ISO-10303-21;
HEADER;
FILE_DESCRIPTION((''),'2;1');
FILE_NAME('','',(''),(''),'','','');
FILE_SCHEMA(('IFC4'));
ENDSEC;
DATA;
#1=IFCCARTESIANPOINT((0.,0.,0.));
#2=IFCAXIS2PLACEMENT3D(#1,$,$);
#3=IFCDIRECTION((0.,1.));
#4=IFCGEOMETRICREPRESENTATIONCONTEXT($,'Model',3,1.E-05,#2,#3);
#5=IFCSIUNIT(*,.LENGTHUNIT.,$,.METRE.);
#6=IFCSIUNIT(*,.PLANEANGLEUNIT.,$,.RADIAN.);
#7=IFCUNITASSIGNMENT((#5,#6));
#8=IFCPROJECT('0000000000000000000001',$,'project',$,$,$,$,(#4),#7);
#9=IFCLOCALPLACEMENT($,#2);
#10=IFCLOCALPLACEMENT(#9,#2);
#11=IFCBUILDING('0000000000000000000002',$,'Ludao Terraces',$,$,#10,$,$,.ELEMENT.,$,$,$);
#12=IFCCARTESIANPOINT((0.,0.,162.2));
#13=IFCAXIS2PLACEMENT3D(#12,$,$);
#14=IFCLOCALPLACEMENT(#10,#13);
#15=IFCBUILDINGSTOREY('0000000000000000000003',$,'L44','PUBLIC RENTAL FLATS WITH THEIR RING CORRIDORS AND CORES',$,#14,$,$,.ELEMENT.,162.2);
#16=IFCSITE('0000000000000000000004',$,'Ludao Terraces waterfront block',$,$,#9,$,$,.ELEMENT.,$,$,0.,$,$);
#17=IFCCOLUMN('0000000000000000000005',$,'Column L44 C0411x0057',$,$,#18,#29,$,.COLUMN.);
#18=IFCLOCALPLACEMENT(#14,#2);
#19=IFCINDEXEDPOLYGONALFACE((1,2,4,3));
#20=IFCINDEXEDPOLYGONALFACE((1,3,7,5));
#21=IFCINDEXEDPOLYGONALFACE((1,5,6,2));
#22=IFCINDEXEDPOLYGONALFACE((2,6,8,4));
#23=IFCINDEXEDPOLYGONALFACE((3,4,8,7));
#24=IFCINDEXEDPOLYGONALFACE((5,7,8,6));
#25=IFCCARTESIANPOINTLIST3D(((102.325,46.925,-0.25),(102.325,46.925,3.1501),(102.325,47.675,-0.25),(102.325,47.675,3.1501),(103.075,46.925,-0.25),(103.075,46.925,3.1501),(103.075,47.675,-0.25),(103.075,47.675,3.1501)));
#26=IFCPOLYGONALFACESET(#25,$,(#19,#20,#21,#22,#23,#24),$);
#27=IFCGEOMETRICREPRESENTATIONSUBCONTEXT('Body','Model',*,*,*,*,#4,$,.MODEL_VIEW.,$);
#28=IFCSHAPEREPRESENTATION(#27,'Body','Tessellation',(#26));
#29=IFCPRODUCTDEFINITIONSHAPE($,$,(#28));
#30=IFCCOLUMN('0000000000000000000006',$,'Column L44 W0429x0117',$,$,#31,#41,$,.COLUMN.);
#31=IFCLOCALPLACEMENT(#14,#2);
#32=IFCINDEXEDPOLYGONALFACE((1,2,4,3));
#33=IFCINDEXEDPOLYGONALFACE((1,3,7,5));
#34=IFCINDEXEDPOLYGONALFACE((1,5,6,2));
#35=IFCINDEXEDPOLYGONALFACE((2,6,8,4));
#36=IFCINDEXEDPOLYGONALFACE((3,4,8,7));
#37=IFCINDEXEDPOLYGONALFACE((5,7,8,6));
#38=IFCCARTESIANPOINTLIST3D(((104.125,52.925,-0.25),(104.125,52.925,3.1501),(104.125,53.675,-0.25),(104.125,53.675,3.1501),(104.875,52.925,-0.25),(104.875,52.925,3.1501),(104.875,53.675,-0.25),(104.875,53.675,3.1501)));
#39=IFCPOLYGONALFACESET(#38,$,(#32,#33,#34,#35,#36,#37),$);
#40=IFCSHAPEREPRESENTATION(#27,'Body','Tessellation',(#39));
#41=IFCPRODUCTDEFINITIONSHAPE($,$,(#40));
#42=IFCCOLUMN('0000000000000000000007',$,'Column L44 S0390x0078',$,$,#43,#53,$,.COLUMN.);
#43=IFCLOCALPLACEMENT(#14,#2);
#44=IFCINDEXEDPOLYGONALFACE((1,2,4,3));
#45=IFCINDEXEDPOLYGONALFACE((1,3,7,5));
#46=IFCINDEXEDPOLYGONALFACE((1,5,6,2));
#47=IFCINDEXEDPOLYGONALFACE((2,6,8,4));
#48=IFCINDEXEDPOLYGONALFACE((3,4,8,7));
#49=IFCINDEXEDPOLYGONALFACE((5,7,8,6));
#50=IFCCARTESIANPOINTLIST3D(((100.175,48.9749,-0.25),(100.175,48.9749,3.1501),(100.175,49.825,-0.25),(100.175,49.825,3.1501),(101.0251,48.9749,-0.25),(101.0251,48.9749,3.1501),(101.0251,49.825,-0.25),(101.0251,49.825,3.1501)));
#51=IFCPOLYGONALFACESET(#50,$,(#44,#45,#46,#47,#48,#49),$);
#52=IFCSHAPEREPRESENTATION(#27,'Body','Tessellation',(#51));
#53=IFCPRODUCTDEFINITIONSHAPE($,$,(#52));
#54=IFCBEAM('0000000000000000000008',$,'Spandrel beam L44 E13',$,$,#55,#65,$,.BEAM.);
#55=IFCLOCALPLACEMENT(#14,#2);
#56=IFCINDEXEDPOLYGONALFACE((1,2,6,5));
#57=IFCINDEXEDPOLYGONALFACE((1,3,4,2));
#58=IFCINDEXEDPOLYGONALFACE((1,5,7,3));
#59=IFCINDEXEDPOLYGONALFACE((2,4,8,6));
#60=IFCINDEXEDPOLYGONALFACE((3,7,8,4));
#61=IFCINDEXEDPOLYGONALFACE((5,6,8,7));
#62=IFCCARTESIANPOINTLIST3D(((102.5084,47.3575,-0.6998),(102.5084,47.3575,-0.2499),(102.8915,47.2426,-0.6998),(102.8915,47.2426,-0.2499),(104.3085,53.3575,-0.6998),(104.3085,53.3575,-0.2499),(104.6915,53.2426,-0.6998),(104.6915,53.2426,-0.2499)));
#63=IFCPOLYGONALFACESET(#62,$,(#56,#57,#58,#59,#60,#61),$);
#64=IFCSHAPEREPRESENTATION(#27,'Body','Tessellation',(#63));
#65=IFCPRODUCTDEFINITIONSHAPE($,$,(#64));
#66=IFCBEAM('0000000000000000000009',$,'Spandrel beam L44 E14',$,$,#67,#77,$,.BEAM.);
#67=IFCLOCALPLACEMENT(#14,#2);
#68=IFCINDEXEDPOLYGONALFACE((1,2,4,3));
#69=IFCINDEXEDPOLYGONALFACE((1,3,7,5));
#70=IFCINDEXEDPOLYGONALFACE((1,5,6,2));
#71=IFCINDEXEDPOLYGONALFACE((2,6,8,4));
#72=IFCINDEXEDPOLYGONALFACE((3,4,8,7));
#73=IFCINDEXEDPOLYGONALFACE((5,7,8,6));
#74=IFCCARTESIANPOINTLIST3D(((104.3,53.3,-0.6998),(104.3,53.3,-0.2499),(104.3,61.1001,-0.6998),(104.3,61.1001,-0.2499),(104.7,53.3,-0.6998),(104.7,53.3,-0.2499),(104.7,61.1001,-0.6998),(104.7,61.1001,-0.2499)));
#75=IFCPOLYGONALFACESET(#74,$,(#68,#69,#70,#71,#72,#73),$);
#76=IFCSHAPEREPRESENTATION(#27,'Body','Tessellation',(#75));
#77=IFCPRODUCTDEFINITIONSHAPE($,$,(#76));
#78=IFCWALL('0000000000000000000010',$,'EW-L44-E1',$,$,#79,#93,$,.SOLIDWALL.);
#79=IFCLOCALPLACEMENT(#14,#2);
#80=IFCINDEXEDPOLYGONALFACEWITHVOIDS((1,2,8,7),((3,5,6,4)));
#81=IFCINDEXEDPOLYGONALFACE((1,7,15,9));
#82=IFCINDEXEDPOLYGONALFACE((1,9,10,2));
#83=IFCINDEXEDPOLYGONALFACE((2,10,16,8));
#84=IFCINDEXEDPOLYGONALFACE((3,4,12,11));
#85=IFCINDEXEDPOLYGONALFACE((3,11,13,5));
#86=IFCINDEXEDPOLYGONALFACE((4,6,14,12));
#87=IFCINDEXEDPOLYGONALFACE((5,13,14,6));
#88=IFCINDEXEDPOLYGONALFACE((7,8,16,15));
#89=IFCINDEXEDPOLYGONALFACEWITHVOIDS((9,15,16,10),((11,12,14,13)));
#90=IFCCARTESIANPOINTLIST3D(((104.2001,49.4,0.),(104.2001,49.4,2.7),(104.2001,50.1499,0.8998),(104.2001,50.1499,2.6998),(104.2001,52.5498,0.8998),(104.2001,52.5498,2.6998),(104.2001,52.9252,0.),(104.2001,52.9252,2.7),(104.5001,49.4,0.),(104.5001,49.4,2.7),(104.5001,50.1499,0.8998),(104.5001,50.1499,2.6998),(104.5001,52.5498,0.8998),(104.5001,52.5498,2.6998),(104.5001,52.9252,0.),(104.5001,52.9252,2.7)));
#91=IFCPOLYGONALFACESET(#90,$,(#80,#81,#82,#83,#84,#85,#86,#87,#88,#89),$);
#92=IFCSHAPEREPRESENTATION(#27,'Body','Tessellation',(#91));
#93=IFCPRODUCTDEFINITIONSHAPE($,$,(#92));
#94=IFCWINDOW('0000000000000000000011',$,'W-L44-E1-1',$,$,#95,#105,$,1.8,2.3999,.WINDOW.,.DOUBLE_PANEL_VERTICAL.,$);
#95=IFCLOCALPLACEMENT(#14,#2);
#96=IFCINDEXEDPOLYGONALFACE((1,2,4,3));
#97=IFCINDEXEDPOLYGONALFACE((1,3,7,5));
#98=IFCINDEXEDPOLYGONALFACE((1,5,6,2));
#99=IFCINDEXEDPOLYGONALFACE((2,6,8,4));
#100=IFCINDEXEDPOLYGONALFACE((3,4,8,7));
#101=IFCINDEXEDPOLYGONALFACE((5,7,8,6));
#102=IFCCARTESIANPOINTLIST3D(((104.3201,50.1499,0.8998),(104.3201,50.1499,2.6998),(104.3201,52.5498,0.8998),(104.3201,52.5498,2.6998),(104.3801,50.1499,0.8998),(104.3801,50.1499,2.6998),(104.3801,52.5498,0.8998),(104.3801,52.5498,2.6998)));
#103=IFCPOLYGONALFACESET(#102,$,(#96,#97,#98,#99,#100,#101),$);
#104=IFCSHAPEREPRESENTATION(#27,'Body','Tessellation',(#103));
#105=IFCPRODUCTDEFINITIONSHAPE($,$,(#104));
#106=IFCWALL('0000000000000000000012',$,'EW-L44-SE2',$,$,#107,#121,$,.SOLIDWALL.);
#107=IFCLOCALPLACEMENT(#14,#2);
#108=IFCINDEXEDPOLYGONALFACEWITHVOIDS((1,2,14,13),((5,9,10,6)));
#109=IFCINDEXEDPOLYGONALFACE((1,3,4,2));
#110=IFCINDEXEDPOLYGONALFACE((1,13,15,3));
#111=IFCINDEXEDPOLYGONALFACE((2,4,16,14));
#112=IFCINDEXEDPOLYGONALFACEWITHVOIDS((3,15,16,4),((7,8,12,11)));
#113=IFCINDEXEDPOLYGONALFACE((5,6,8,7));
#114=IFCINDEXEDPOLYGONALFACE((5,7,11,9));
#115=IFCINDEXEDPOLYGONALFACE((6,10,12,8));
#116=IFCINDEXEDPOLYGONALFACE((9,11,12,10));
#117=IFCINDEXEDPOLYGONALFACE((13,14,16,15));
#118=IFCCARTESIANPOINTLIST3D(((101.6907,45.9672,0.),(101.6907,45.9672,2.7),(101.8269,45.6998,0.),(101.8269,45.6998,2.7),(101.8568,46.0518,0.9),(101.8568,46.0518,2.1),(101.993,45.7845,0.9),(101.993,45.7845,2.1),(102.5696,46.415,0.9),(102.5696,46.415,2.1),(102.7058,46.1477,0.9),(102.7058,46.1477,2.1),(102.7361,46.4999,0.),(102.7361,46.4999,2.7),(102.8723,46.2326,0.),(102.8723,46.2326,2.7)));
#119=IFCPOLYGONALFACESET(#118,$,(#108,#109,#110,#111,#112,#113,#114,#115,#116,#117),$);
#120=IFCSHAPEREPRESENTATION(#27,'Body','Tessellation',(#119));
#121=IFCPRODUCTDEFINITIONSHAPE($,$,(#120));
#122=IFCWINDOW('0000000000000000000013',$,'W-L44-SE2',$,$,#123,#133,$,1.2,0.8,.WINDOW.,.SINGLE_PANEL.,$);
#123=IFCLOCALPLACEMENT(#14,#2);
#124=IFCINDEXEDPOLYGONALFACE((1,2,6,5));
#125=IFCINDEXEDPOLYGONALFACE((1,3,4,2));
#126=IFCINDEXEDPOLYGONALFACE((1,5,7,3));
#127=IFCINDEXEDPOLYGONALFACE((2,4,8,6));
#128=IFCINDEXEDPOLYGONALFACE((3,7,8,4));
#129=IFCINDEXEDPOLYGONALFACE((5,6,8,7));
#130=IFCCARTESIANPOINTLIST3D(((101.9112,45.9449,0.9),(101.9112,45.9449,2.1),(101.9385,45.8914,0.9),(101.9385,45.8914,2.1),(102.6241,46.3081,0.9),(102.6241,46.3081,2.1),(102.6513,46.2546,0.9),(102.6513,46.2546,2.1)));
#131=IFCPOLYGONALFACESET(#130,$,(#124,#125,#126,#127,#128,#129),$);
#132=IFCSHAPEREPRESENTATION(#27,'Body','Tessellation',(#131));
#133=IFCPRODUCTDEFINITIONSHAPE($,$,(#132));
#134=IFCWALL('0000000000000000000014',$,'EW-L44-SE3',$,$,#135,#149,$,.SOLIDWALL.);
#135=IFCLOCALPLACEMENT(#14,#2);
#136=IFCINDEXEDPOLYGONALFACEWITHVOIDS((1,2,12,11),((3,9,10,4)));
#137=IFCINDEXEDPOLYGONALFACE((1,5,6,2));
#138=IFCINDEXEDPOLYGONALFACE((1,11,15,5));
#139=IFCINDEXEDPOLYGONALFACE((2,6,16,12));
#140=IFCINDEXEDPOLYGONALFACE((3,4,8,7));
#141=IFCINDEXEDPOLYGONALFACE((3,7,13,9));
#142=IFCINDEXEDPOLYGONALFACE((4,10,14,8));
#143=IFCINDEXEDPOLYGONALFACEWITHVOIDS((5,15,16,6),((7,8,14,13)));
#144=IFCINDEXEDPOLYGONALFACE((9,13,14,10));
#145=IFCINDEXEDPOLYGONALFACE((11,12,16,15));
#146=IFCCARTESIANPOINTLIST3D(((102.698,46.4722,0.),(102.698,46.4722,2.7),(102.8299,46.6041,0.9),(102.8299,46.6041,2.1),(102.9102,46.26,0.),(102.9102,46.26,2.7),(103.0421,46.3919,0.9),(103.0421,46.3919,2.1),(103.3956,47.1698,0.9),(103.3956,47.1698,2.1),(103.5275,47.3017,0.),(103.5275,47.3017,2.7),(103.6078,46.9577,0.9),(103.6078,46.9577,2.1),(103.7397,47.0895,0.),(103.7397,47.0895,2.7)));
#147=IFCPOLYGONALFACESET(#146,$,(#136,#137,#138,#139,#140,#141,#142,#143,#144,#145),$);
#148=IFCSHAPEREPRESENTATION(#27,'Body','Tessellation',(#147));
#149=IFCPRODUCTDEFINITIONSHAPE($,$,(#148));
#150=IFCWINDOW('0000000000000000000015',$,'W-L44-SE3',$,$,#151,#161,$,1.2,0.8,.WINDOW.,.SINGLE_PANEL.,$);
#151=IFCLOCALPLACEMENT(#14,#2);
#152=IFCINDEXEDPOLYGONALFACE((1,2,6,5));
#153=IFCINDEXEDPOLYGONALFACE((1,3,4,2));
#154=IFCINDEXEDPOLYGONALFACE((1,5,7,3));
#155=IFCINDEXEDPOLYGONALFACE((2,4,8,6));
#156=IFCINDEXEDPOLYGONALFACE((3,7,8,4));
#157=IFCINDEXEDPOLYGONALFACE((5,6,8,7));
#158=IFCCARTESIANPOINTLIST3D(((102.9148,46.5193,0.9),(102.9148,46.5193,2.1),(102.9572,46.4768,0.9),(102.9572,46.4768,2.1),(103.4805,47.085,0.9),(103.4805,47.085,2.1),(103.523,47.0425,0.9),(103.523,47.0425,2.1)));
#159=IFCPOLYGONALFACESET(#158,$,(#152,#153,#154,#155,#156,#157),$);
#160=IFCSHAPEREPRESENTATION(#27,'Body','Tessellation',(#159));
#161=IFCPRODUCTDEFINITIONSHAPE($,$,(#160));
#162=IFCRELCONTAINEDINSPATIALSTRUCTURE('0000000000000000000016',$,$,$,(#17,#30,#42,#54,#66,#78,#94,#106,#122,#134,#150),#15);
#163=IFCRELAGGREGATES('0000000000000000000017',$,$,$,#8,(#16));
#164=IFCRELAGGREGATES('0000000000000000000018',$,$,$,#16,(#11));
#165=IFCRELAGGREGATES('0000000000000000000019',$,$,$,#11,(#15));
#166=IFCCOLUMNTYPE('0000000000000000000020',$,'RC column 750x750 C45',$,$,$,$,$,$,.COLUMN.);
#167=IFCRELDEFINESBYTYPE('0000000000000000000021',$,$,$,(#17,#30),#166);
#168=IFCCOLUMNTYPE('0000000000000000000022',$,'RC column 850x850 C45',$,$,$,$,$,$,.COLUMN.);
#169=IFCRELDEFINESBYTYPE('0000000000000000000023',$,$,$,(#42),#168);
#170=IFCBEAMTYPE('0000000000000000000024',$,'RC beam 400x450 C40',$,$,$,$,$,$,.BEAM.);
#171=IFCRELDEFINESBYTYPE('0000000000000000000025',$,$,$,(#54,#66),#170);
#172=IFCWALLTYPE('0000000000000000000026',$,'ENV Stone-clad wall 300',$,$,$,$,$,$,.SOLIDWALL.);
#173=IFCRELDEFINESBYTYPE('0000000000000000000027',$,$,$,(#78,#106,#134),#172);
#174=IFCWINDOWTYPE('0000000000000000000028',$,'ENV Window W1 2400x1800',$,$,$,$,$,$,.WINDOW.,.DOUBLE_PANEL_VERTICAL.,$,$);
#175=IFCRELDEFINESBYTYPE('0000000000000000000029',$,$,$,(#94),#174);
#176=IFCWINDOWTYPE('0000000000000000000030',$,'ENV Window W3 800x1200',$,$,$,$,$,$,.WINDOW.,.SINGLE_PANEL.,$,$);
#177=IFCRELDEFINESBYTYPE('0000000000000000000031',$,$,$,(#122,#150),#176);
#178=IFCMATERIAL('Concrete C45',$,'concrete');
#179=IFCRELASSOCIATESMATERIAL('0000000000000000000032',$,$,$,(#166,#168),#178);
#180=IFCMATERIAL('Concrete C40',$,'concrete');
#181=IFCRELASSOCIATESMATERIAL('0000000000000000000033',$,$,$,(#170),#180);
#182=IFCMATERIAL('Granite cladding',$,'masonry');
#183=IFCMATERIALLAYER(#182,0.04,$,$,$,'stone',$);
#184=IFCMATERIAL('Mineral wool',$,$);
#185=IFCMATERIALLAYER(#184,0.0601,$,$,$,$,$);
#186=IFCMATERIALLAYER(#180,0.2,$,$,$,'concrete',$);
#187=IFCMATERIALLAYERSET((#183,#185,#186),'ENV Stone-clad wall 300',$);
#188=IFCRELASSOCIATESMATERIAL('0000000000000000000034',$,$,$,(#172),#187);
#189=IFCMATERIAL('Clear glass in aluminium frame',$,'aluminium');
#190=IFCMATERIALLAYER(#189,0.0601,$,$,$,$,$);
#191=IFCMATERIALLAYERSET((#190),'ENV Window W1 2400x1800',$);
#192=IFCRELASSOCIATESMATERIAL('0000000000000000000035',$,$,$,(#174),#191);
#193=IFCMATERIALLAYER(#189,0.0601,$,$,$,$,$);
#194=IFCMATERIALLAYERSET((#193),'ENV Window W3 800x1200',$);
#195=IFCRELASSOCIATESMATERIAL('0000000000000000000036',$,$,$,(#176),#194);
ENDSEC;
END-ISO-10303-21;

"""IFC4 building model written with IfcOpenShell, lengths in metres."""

from ifc_helpers import new_model, si_unit, direction, frame, frame_2d, origin, origin_2d, place, context, subcontext, project, spatial, rectangle, extrude, material, layer, layer_set, material_profile, profile_set, type_object, element, fill, save


model = new_model("IFC4")

# Units and contexts
model_context = context("Model", 3, precision=1e-05, world=origin(), true_north=direction((0.0, 1.0)))
body_context = subcontext(model_context, "Body", "Model", "MODEL_VIEW")
ifc_project = project(units=[si_unit("LENGTHUNIT", "METRE"), si_unit("PLANEANGLEUNIT", "RADIAN")], contexts=[model_context])

# Site, building, storey
site_placement = place(None, origin())
site = spatial("IfcSite", under=ifc_project, at=site_placement, Name="Ludao Terraces waterfront block", CompositionType="ELEMENT", RefElevation=0.0)
building_placement = place(site_placement, origin())
building = spatial("IfcBuilding", under=site, at=building_placement, Name="Ludao Terraces", CompositionType="ELEMENT")
storey_placement = place(building_placement, frame((0.0, 0.0, 162.2)))
storey = spatial("IfcBuildingStorey", under=building, at=storey_placement, Name="L44", Description="PUBLIC RENTAL FLATS WITH THEIR RING CORRIDORS AND CORES", CompositionType="ELEMENT", Elevation=162.2)

# Columns
ifc_material_1 = material(Name="Concrete C45", Category="concrete")
ifc_material_profile_1 = material_profile(ifc_material_1, rectangle(XDim=0.75, YDim=0.75, at=origin_2d()), Name="750 X 750")
ifc_profile_set_1 = profile_set([ifc_material_profile_1], Name="Concrete C45")
column_type_1 = type_object("IfcColumnType", Name="RC column 750x750 C45", PredefinedType="COLUMN", material=ifc_profile_set_1)
for number, where, z_axis, x_axis, name in (
    (1, (102.7, 47.3, -0.25), (0.0, 0.0, 1.0), (1.0, 0.0, 0.0), "Column L44 C0411x0057"),
    (2, (104.5, 53.3, -0.25), (0.0, 0.0, 1.0), (1.0, 0.0, 0.0), "Column L44 W0429x0117"),
):
    element("IfcColumn", number, at=place(storey_placement, frame(where, z_axis=z_axis, x_axis=x_axis)), inside=storey, type_object=column_type_1, Name=name, PredefinedType="COLUMN", context=body_context, shape_type="SweptSolid", body=[
        extrude(rectangle(XDim=0.75, YDim=0.75, at=origin_2d()), origin(), (0.0, 0.0, 1.0), 3.4001),
    ])
ifc_material_profile_2 = material_profile(ifc_material_1, rectangle(XDim=0.8501, YDim=0.8501, at=origin_2d()), Name="850 X 850")
ifc_profile_set_2 = profile_set([ifc_material_profile_2], Name="Concrete C45")
column_type_2 = type_object("IfcColumnType", Name="RC column 850x850 C45", PredefinedType="COLUMN", material=ifc_profile_set_2)
column_placement = place(storey_placement, frame((100.6001, 49.3999, -0.25), z_axis=(0.0, 0.0, 1.0), x_axis=(1.0, 0.0, 0.0)))
element("IfcColumn", 3, at=column_placement, inside=storey, type_object=column_type_2, Name="Column L44 S0390x0078", PredefinedType="COLUMN", context=body_context, shape_type="SweptSolid", body=[
    extrude(rectangle(XDim=0.8501, YDim=0.8501, at=origin_2d()), origin(), (0.0, 0.0, 1.0), 3.4001),
])

# Beams
ifc_material_2 = material(Name="Concrete C40", Category="concrete")
ifc_material_profile_3 = material_profile(ifc_material_2, rectangle(XDim=0.3999, YDim=0.45, at=origin_2d()), Name="400 X 450")
ifc_profile_set_3 = profile_set([ifc_material_profile_3], Name="Concrete C40")
beam_type = type_object("IfcBeamType", Name="RC beam 400x450 C40", PredefinedType="BEAM", material=ifc_profile_set_3)
beam_1_placement = place(storey_placement, frame((102.7, 47.3, -0.4749), z_axis=(0.287355, 0.957824, 0.0), x_axis=(-0.957824, 0.287355, 0.0)))
element("IfcBeam", 4, at=beam_1_placement, inside=storey, type_object=beam_type, Name="Spandrel beam L44 E13", PredefinedType="BEAM", context=body_context, shape_type="SweptSolid", body=[
    extrude(rectangle(XDim=0.3999, YDim=0.45, at=origin_2d()), origin(), (0.0, 0.0, 1.0), 6.2642),
])
beam_2_placement = place(storey_placement, frame((104.5, 53.3, -0.4749), z_axis=(0.0, 1.0, 0.0), x_axis=(-1.0, 0.0, 0.0)))
element("IfcBeam", 5, at=beam_2_placement, inside=storey, type_object=beam_type, Name="Spandrel beam L44 E14", PredefinedType="BEAM", context=body_context, shape_type="SweptSolid", body=[
    extrude(rectangle(XDim=0.3999, YDim=0.45, at=origin_2d()), origin(), (0.0, 0.0, 1.0), 7.8),
])

# Walls, openings, windows
ifc_material_3 = material(Name="Granite cladding", Category="masonry")
ifc_layer_1 = layer(ifc_material_3, 0.04, Category="stone")
ifc_material_4 = material(Name="Mineral wool")
ifc_layer_2 = layer(ifc_material_4, 0.0601)
ifc_layer_3 = layer(ifc_material_2, 0.2, Category="concrete")
ifc_layer_set_1 = layer_set([ifc_layer_1, ifc_layer_2, ifc_layer_3], Name="ENV Stone-clad wall 300")
wall_type = type_object("IfcWallType", Name="ENV Stone-clad wall 300", PredefinedType="SOLIDWALL", material=ifc_layer_set_1)
wall_1_placement = place(storey_placement, frame((104.3501, 49.3999, 0.0), z_axis=(0.0, 0.0, 1.0), x_axis=(0.0, 1.0, 0.0)))
wall_1 = element("IfcWall", 6, at=wall_1_placement, inside=storey, type_object=wall_type, Name="EW-L44-E1", PredefinedType="SOLIDWALL", context=body_context, shape_type="SweptSolid", body=[
    extrude(rectangle(XDim=3.5251, YDim=0.3, at=frame_2d((1.7627, 0.0))), origin(), (0.0, 0.0, 1.0), 2.7),
])
opening_1_placement = place(wall_1_placement, frame((0.75, 0.0, 0.8999)))
opening_1 = element("IfcOpeningElement", 7, at=opening_1_placement, cuts=wall_1, PredefinedType="OPENING", context=body_context, shape_type="SweptSolid", body=[
    extrude(rectangle(XDim=2.3999, YDim=1.8, at=frame_2d((1.2, 0.8999))), frame((0.0, 0.1602, 0.0), z_axis=(0.0, -1.0, 0.0), x_axis=(1.0, 0.0, 0.0)), (0.0, 0.0, 1.0), 0.3201),
])
ifc_material_5 = material(Name="Clear glass in aluminium frame", Category="aluminium")
ifc_layer_4 = layer(ifc_material_5, 0.0601)
ifc_layer_set_2 = layer_set([ifc_layer_4], Name="ENV Window W1 2400x1800")
window_type_1 = type_object("IfcWindowType", Name="ENV Window W1 2400x1800", PartitioningType="DOUBLE_PANEL_VERTICAL", PredefinedType="WINDOW", material=ifc_layer_set_2)
window_1_placement = place(opening_1_placement, origin())
window_1 = element("IfcWindow", 8, at=window_1_placement, inside=storey, type_object=window_type_1, Name="W-L44-E1-1", OverallHeight=1.8, OverallWidth=2.3999, PartitioningType="DOUBLE_PANEL_VERTICAL", PredefinedType="WINDOW", context=body_context, shape_type="SweptSolid", body=[
    extrude(rectangle(XDim=2.3999, YDim=1.8, at=frame_2d((1.2, 0.8999))), frame((0.0, 0.03, 0.0), z_axis=(0.0, -1.0, 0.0), x_axis=(1.0, 0.0, 0.0)), (0.0, 0.0, 1.0), 0.0601),
])
fill(opening_1, window_1)
wall_2_placement = place(storey_placement, frame((101.7588, 45.8335, 0.0), z_axis=(0.0, 0.0, 1.0), x_axis=(0.890989, 0.454026, 0.0)))
wall_2 = element("IfcWall", 9, at=wall_2_placement, inside=storey, type_object=wall_type, Name="EW-L44-SE2", PredefinedType="SOLIDWALL", context=body_context, shape_type="SweptSolid", body=[
    extrude(rectangle(XDim=1.1733, YDim=0.3, at=frame_2d((0.5867, 0.0))), origin(), (0.0, 0.0, 1.0), 2.7),
])
opening_2_placement = place(wall_2_placement, frame((0.1865, 0.0, 0.8999)))
opening_2 = element("IfcOpeningElement", 10, at=opening_2_placement, cuts=wall_2, PredefinedType="OPENING", context=body_context, shape_type="SweptSolid", body=[
    extrude(rectangle(XDim=0.8, YDim=1.2, at=frame_2d((0.3999, 0.6001))), frame((0.0, 0.1602, 0.0), z_axis=(0.0, -1.0, 0.0), x_axis=(1.0, 0.0, 0.0)), (0.0, 0.0, 1.0), 0.3201),
])
ifc_layer_5 = layer(ifc_material_5, 0.0601)
ifc_layer_set_3 = layer_set([ifc_layer_5], Name="ENV Window W3 800x1200")
window_type_2 = type_object("IfcWindowType", Name="ENV Window W3 800x1200", PartitioningType="SINGLE_PANEL", PredefinedType="WINDOW", material=ifc_layer_set_3)
window_2_placement = place(opening_2_placement, origin())
window_2 = element("IfcWindow", 11, at=window_2_placement, inside=storey, type_object=window_type_2, Name="W-L44-SE2", OverallHeight=1.2, OverallWidth=0.8, PartitioningType="SINGLE_PANEL", PredefinedType="WINDOW", context=body_context, shape_type="SweptSolid", body=[
    extrude(rectangle(XDim=0.8, YDim=1.2, at=frame_2d((0.3999, 0.6001))), frame((0.0, 0.03, 0.0), z_axis=(0.0, -1.0, 0.0), x_axis=(1.0, 0.0, 0.0)), (0.0, 0.0, 1.0), 0.0601),
])
fill(opening_2, window_2)
wall_3_placement = place(storey_placement, frame((102.8042, 46.3662, 0.0), z_axis=(0.0, 0.0, 1.0), x_axis=(0.707107, 0.707107, 0.0)))
wall_3 = element("IfcWall", 12, at=wall_3_placement, inside=storey, type_object=wall_type, Name="EW-L44-SE3", PredefinedType="SOLIDWALL", context=body_context, shape_type="SweptSolid", body=[
    extrude(rectangle(XDim=1.1731, YDim=0.3, at=frame_2d((0.5864, 0.0))), origin(), (0.0, 0.0, 1.0), 2.7),
])
opening_3_placement = place(wall_3_placement, frame((0.1865, 0.0, 0.8999)))
opening_3 = element("IfcOpeningElement", 13, at=opening_3_placement, cuts=wall_3, PredefinedType="OPENING", context=body_context, shape_type="SweptSolid", body=[
    extrude(rectangle(XDim=0.8, YDim=1.2, at=frame_2d((0.3999, 0.6001))), frame((0.0, 0.1602, 0.0), z_axis=(0.0, -1.0, 0.0), x_axis=(1.0, 0.0, 0.0)), (0.0, 0.0, 1.0), 0.3201),
])
window_3_placement = place(opening_3_placement, origin())
window_3 = element("IfcWindow", 14, at=window_3_placement, inside=storey, type_object=window_type_2, Name="W-L44-SE3", OverallHeight=1.2, OverallWidth=0.8, PartitioningType="SINGLE_PANEL", PredefinedType="WINDOW", context=body_context, shape_type="SweptSolid", body=[
    extrude(rectangle(XDim=0.8, YDim=1.2, at=frame_2d((0.3999, 0.6001))), frame((0.0, 0.03, 0.0), z_axis=(0.0, -1.0, 0.0), x_axis=(1.0, 0.0, 0.0)), (0.0, 0.0, 1.0), 0.0601),
])
fill(opening_3, window_3)

save(model, "model.ifc")
